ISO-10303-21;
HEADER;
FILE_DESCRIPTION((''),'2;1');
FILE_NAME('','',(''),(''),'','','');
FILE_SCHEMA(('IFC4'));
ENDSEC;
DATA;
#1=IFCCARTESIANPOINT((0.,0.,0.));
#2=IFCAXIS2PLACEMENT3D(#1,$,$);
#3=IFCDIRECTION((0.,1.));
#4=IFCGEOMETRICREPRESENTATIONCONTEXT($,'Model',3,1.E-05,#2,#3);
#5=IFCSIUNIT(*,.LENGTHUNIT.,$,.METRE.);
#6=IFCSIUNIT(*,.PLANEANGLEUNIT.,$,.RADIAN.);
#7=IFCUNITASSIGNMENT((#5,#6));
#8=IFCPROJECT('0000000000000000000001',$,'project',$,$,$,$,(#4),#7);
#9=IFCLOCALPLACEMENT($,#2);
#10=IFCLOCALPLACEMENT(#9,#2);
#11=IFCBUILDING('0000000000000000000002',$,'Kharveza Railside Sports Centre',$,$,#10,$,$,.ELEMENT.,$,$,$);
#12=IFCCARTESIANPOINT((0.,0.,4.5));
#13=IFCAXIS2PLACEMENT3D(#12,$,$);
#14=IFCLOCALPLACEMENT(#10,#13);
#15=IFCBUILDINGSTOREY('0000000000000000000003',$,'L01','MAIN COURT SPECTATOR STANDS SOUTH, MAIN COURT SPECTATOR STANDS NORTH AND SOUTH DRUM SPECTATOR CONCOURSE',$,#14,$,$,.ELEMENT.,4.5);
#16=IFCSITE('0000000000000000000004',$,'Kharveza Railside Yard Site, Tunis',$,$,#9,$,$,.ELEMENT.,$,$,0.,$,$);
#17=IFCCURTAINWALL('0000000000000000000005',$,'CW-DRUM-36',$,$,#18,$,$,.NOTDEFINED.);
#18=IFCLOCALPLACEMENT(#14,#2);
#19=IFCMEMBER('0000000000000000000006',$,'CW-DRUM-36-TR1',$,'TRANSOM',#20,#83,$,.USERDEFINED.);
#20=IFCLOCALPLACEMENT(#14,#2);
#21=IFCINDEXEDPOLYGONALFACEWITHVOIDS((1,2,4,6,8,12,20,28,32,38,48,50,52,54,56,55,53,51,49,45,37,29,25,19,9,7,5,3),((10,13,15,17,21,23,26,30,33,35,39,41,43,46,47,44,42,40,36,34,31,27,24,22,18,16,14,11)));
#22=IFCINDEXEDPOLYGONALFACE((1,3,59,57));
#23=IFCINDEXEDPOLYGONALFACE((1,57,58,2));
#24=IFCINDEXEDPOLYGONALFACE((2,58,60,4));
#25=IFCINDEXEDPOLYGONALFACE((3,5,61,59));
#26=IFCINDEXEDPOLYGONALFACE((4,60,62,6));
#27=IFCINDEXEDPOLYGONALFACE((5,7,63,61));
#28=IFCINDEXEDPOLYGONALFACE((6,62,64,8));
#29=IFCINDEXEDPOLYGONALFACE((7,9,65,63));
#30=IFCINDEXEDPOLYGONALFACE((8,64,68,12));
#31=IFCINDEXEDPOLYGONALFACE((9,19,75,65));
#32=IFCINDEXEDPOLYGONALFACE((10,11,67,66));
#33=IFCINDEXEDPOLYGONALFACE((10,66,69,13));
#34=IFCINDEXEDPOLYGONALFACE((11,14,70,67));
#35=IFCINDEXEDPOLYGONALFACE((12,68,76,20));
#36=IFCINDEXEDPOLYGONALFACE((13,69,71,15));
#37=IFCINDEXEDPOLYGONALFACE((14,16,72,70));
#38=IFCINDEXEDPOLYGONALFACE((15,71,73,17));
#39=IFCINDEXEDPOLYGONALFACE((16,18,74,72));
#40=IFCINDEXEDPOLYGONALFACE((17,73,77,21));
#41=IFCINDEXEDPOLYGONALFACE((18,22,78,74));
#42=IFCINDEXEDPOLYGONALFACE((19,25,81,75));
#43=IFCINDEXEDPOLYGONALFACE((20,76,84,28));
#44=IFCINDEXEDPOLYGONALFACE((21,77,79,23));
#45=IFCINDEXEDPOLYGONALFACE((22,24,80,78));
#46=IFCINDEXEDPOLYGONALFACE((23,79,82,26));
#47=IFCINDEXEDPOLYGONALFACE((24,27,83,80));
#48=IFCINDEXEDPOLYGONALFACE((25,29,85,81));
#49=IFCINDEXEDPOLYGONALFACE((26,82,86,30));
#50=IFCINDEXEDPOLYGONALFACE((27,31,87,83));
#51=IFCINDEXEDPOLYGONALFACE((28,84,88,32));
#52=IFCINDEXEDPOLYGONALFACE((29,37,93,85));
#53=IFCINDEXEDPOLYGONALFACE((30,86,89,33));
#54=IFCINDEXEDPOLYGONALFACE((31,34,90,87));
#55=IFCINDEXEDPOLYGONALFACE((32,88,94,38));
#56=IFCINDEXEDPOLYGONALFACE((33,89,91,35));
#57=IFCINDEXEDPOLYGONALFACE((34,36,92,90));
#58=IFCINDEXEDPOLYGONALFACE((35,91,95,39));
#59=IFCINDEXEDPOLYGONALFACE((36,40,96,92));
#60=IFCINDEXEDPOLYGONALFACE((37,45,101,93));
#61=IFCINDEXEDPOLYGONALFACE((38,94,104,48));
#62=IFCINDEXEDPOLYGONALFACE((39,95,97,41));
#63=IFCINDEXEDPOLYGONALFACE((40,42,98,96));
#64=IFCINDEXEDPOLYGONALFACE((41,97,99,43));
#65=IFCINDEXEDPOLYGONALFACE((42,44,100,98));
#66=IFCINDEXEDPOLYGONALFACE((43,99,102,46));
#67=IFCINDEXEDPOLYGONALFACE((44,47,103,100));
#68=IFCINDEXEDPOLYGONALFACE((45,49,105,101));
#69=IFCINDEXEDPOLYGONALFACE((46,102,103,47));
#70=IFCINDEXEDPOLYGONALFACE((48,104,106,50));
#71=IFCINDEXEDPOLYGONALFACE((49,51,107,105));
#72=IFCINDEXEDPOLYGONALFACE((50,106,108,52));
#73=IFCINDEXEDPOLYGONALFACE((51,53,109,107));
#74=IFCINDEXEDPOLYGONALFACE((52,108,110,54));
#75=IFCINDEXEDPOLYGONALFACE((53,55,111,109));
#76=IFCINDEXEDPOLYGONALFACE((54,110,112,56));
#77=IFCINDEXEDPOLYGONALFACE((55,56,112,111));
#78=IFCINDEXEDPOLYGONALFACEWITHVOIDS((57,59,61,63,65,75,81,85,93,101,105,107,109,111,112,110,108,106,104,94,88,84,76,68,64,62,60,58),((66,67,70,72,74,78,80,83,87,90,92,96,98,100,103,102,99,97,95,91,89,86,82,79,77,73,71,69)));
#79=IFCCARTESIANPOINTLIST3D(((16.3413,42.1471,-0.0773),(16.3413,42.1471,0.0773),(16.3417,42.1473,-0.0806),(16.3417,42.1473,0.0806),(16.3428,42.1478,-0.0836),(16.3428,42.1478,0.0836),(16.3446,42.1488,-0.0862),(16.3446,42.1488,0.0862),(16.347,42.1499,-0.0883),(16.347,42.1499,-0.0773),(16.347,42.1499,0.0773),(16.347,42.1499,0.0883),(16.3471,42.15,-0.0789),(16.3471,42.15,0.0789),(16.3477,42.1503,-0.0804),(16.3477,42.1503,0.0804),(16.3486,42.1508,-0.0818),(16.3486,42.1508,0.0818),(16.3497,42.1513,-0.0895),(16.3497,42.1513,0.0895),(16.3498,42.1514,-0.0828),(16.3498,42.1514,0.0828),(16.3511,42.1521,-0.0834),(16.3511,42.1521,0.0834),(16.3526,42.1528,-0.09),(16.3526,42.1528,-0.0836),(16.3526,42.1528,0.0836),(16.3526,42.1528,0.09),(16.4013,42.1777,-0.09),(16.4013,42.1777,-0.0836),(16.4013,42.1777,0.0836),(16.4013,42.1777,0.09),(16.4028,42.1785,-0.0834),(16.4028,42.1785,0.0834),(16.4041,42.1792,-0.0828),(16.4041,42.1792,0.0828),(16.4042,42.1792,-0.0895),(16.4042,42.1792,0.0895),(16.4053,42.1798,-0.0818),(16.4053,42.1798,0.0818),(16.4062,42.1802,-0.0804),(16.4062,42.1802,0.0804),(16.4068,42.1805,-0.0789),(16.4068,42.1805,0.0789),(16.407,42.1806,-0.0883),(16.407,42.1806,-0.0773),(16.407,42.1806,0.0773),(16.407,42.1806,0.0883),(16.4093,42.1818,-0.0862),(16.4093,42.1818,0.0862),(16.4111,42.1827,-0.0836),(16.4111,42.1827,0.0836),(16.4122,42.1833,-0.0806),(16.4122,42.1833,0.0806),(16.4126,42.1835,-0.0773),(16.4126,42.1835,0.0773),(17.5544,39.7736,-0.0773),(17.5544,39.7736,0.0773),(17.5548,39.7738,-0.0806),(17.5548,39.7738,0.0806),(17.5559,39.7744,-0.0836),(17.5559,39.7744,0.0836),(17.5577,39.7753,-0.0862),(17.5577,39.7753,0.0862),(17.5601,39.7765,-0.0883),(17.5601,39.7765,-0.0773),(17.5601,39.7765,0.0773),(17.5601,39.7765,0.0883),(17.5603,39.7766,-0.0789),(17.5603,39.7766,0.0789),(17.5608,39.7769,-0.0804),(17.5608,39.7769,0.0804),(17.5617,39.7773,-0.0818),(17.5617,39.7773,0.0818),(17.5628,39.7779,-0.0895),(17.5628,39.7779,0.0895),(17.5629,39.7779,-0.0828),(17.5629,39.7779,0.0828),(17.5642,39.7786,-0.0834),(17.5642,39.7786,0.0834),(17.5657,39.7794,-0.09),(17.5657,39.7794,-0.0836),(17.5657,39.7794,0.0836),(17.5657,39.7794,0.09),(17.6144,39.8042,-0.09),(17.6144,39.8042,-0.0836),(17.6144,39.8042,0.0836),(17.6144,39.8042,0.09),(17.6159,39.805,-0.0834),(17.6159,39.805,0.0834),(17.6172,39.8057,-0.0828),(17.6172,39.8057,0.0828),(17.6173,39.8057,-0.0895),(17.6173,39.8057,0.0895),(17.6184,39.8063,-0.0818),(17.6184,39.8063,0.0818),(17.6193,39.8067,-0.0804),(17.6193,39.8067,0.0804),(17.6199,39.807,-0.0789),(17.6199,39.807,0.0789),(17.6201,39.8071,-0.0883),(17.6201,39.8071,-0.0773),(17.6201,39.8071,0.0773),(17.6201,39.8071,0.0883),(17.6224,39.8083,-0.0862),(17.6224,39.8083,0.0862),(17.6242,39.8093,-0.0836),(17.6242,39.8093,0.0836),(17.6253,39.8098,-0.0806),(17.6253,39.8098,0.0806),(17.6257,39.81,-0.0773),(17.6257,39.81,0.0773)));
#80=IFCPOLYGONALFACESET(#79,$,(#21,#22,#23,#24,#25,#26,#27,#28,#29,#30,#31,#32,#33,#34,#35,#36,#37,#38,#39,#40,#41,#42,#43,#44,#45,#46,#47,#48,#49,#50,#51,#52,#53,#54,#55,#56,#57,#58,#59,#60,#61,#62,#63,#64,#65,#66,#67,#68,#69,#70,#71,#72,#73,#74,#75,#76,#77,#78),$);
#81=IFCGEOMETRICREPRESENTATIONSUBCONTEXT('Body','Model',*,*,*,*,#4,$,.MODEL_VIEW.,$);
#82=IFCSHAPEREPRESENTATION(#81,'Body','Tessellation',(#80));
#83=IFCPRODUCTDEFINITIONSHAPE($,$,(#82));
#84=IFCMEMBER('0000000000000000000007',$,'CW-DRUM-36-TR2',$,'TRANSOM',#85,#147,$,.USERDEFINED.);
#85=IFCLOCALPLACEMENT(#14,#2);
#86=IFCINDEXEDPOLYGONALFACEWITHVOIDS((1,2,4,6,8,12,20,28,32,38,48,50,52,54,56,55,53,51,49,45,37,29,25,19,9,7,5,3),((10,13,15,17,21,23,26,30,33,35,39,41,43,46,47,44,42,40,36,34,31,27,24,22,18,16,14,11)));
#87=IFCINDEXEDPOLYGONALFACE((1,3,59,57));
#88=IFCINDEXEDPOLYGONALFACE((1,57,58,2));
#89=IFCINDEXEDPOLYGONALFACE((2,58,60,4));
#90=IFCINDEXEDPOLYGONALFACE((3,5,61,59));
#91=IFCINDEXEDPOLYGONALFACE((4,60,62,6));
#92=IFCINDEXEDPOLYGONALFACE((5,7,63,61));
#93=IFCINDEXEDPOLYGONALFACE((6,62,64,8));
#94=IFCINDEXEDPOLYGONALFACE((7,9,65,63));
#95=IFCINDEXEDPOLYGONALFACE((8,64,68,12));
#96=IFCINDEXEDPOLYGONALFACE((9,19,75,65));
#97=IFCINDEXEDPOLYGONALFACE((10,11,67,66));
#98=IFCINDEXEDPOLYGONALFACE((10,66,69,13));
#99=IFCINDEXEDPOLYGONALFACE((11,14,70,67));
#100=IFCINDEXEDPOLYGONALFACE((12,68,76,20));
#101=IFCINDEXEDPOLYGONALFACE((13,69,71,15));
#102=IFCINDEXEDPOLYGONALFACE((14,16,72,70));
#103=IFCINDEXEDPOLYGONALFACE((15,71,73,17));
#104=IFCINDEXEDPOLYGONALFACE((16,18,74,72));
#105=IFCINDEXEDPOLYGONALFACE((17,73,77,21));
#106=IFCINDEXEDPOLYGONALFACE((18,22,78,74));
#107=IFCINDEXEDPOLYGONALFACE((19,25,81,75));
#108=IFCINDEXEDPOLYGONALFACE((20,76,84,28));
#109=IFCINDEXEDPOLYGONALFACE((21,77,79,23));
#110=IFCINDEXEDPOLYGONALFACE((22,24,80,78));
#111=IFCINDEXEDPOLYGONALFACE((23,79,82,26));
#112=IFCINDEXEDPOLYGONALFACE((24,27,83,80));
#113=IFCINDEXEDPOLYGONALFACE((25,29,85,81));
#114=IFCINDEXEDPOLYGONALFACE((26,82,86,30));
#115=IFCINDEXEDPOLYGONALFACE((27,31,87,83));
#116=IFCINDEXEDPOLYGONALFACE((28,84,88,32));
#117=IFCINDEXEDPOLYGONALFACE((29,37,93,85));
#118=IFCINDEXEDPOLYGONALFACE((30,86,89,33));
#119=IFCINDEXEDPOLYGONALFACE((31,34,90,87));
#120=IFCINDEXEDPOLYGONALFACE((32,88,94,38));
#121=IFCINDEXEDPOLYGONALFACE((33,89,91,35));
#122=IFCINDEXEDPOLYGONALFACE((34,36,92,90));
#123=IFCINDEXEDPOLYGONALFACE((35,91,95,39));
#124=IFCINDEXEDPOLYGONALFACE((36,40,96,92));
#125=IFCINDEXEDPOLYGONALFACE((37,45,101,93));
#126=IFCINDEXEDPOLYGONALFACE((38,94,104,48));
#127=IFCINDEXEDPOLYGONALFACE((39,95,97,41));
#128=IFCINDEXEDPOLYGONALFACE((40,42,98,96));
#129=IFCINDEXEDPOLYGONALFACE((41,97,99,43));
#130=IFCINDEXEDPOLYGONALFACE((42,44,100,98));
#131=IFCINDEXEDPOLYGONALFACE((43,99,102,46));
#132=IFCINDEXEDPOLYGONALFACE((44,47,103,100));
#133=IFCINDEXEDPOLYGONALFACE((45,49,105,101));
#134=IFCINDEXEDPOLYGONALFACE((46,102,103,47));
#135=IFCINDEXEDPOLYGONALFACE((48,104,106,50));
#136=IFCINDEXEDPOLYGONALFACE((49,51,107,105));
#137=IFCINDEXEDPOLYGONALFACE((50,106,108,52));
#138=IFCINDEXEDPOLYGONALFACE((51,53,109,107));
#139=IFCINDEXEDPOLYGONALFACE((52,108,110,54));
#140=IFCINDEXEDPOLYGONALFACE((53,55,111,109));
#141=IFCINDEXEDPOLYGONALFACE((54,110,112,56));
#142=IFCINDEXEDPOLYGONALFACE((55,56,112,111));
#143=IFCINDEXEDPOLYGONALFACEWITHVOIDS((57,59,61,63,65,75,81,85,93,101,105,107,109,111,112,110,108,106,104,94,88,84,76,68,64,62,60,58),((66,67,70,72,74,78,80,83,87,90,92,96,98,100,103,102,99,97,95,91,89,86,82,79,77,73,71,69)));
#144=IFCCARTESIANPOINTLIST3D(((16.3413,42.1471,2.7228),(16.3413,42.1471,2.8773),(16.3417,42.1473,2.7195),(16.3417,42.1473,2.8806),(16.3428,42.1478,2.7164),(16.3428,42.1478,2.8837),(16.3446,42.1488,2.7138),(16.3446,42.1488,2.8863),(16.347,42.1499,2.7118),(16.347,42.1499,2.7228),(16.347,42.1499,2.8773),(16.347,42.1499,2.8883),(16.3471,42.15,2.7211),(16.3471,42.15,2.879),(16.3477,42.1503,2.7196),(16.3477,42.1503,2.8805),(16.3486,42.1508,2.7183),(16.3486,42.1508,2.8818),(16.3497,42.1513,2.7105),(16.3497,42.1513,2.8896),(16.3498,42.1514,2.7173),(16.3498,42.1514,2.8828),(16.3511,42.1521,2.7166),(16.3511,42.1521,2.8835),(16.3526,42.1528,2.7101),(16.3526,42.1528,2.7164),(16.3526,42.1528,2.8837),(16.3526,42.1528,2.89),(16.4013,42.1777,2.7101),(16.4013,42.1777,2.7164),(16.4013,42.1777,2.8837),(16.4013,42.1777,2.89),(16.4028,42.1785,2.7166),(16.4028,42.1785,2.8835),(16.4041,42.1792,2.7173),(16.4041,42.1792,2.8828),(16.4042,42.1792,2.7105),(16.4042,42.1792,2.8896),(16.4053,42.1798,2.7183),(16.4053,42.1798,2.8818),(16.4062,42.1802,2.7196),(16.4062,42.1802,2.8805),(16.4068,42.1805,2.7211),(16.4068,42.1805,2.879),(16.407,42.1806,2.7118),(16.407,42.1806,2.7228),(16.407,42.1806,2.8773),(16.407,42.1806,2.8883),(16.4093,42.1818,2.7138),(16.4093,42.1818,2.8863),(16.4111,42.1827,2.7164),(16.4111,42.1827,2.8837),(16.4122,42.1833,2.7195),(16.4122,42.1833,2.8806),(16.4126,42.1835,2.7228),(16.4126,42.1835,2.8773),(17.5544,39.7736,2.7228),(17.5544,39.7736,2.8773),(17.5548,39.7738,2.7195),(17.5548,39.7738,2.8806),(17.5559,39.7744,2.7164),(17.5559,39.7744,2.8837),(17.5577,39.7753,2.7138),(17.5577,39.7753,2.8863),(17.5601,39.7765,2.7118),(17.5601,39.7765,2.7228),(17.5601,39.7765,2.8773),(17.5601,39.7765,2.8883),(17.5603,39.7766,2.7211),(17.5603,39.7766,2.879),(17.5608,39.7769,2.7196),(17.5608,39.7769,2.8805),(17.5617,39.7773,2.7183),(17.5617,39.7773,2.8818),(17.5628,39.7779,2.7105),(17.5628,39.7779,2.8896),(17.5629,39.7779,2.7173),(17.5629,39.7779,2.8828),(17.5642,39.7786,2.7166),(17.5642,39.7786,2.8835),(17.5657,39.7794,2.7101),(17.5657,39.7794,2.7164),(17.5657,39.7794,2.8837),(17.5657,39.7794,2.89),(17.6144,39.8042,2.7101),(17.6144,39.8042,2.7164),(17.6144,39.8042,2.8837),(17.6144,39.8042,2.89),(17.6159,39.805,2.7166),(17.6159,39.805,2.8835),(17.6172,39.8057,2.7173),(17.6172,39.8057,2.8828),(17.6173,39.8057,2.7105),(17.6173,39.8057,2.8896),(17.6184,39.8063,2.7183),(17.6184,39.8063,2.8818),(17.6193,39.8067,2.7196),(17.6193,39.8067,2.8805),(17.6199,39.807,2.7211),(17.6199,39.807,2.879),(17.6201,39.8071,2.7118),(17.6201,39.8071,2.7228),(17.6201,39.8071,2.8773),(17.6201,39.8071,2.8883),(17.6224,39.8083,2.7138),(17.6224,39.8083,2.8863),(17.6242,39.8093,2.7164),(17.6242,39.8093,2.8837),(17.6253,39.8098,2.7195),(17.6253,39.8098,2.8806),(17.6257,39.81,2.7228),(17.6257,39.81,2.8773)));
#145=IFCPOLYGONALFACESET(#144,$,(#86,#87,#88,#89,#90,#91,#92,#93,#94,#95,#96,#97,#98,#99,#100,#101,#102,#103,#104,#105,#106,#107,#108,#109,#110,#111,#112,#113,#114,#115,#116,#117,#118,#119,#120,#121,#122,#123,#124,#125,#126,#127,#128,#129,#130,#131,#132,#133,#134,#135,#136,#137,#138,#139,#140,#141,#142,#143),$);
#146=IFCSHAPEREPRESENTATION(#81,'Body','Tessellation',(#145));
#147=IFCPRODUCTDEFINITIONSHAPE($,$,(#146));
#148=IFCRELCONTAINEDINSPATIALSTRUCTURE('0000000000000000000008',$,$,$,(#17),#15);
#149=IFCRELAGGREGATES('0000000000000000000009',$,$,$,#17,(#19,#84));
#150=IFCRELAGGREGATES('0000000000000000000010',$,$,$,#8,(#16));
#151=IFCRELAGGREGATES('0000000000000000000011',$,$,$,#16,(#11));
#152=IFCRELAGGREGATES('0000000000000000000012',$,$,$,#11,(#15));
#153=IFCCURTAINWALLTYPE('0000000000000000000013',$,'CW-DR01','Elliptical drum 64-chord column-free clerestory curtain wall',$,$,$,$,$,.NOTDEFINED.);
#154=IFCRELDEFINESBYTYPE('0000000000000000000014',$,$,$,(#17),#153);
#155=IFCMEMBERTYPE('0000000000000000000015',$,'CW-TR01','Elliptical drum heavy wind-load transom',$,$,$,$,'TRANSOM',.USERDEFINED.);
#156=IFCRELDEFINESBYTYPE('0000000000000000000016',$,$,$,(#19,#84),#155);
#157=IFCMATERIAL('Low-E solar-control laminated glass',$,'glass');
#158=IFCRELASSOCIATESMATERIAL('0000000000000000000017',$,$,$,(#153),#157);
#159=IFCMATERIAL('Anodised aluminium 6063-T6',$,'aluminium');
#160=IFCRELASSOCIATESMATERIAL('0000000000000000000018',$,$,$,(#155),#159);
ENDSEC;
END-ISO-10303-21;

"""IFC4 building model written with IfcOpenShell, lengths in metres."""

from ifc_helpers import new_model, si_unit, direction, frame, origin, origin_2d, place, context, subcontext, project, spatial, hollow_rectangle, extrude, material, material_profile, profile_set, type_object, element, aggregate, save


model = new_model("IFC4")

# Units and contexts
model_context = context("Model", 3, precision=1e-05, world=origin(), true_north=direction((0.0, 1.0)))
body_context = subcontext(model_context, "Body", "Model", "MODEL_VIEW")
ifc_project = project(units=[si_unit("LENGTHUNIT", "METRE"), si_unit("PLANEANGLEUNIT", "RADIAN")], contexts=[model_context])

# Site, building, storey
site_placement = place(None, origin())
site = spatial("IfcSite", under=ifc_project, at=site_placement, Name="Kharveza Railside Yard Site, Tunis", CompositionType="ELEMENT", RefElevation=0.0)
building_placement = place(site_placement, origin())
building = spatial("IfcBuilding", under=site, at=building_placement, Name="Kharveza Railside Sports Centre", CompositionType="ELEMENT")
storey_placement = place(building_placement, frame((0.0, 0.0, 4.5)))
storey = spatial("IfcBuildingStorey", under=building, at=storey_placement, Name="L01", Description="MAIN COURT SPECTATOR STANDS SOUTH, MAIN COURT SPECTATOR STANDS NORTH AND SOUTH DRUM SPECTATOR CONCOURSE", CompositionType="ELEMENT", Elevation=4.5)

# Shared definitions
ifc_material_1 = material(Name="Low-E solar-control laminated glass", Category="glass")
curtain_wall_type = type_object("IfcCurtainWallType", Name="CW-DR01", Description="Elliptical drum 64-chord column-free clerestory curtain wall", PredefinedType="NOTDEFINED", material=ifc_material_1)
ifc_material_2 = material(Name="Anodised aluminium 6063-T6", Category="aluminium")

# Curtain wall
curtain_wall_1_placement = place(storey_placement, origin())
curtain_wall_1 = element("IfcCurtainWall", 1, at=curtain_wall_1_placement, inside=storey, type_object=curtain_wall_type, Name="CW-DRUM-36", PredefinedType="NOTDEFINED")

# Members
ifc_material_profile_1 = material_profile(ifc_material_2, hollow_rectangle(XDim=0.0801, YDim=0.1799, WallThickness=0.0063, InnerFilletRadius=0.0063, OuterFilletRadius=0.0127, at=origin_2d()), Name="RHS 80x180x6.3")
ifc_profile_set_1 = profile_set([ifc_material_profile_1], Name="Anodised aluminium 6063-T6")
member_type_1 = type_object("IfcMemberType", Name="CW-TR01", Description="Elliptical drum heavy wind-load transom", ElementType="TRANSOM", PredefinedType="USERDEFINED", material=ifc_profile_set_1)
member_1_placement = place(storey_placement, frame((16.377, 42.1653, 0.0), z_axis=(0.455109, -0.890436, 0.0), x_axis=(0.890436, 0.455109, 0.0)))
member_1 = element("IfcMember", 2, at=member_1_placement, type_object=member_type_1, Name="CW-DRUM-36-TR1", ObjectType="TRANSOM", PredefinedType="USERDEFINED", context=body_context, shape_type="SweptSolid", body=[
    extrude(hollow_rectangle(XDim=0.0801, YDim=0.1799, WallThickness=0.0063, InnerFilletRadius=0.0063, OuterFilletRadius=0.0127, at=origin_2d()), origin(), (0.0, 0.0, 1.0), 2.6655),
])
member_2_placement = place(storey_placement, frame((16.377, 42.1653, 2.8), z_axis=(0.455109, -0.890436, 0.0), x_axis=(0.890436, 0.455109, 0.0)))
member_2 = element("IfcMember", 3, at=member_2_placement, type_object=member_type_1, Name="CW-DRUM-36-TR2", ObjectType="TRANSOM", PredefinedType="USERDEFINED", context=body_context, shape_type="SweptSolid", body=[
    extrude(hollow_rectangle(XDim=0.0801, YDim=0.1799, WallThickness=0.0063, InnerFilletRadius=0.0063, OuterFilletRadius=0.0127, at=origin_2d()), origin(), (0.0, 0.0, 1.0), 2.6655),
])

aggregate(curtain_wall_1, [member_1, member_2])

save(model, "model.ifc")
